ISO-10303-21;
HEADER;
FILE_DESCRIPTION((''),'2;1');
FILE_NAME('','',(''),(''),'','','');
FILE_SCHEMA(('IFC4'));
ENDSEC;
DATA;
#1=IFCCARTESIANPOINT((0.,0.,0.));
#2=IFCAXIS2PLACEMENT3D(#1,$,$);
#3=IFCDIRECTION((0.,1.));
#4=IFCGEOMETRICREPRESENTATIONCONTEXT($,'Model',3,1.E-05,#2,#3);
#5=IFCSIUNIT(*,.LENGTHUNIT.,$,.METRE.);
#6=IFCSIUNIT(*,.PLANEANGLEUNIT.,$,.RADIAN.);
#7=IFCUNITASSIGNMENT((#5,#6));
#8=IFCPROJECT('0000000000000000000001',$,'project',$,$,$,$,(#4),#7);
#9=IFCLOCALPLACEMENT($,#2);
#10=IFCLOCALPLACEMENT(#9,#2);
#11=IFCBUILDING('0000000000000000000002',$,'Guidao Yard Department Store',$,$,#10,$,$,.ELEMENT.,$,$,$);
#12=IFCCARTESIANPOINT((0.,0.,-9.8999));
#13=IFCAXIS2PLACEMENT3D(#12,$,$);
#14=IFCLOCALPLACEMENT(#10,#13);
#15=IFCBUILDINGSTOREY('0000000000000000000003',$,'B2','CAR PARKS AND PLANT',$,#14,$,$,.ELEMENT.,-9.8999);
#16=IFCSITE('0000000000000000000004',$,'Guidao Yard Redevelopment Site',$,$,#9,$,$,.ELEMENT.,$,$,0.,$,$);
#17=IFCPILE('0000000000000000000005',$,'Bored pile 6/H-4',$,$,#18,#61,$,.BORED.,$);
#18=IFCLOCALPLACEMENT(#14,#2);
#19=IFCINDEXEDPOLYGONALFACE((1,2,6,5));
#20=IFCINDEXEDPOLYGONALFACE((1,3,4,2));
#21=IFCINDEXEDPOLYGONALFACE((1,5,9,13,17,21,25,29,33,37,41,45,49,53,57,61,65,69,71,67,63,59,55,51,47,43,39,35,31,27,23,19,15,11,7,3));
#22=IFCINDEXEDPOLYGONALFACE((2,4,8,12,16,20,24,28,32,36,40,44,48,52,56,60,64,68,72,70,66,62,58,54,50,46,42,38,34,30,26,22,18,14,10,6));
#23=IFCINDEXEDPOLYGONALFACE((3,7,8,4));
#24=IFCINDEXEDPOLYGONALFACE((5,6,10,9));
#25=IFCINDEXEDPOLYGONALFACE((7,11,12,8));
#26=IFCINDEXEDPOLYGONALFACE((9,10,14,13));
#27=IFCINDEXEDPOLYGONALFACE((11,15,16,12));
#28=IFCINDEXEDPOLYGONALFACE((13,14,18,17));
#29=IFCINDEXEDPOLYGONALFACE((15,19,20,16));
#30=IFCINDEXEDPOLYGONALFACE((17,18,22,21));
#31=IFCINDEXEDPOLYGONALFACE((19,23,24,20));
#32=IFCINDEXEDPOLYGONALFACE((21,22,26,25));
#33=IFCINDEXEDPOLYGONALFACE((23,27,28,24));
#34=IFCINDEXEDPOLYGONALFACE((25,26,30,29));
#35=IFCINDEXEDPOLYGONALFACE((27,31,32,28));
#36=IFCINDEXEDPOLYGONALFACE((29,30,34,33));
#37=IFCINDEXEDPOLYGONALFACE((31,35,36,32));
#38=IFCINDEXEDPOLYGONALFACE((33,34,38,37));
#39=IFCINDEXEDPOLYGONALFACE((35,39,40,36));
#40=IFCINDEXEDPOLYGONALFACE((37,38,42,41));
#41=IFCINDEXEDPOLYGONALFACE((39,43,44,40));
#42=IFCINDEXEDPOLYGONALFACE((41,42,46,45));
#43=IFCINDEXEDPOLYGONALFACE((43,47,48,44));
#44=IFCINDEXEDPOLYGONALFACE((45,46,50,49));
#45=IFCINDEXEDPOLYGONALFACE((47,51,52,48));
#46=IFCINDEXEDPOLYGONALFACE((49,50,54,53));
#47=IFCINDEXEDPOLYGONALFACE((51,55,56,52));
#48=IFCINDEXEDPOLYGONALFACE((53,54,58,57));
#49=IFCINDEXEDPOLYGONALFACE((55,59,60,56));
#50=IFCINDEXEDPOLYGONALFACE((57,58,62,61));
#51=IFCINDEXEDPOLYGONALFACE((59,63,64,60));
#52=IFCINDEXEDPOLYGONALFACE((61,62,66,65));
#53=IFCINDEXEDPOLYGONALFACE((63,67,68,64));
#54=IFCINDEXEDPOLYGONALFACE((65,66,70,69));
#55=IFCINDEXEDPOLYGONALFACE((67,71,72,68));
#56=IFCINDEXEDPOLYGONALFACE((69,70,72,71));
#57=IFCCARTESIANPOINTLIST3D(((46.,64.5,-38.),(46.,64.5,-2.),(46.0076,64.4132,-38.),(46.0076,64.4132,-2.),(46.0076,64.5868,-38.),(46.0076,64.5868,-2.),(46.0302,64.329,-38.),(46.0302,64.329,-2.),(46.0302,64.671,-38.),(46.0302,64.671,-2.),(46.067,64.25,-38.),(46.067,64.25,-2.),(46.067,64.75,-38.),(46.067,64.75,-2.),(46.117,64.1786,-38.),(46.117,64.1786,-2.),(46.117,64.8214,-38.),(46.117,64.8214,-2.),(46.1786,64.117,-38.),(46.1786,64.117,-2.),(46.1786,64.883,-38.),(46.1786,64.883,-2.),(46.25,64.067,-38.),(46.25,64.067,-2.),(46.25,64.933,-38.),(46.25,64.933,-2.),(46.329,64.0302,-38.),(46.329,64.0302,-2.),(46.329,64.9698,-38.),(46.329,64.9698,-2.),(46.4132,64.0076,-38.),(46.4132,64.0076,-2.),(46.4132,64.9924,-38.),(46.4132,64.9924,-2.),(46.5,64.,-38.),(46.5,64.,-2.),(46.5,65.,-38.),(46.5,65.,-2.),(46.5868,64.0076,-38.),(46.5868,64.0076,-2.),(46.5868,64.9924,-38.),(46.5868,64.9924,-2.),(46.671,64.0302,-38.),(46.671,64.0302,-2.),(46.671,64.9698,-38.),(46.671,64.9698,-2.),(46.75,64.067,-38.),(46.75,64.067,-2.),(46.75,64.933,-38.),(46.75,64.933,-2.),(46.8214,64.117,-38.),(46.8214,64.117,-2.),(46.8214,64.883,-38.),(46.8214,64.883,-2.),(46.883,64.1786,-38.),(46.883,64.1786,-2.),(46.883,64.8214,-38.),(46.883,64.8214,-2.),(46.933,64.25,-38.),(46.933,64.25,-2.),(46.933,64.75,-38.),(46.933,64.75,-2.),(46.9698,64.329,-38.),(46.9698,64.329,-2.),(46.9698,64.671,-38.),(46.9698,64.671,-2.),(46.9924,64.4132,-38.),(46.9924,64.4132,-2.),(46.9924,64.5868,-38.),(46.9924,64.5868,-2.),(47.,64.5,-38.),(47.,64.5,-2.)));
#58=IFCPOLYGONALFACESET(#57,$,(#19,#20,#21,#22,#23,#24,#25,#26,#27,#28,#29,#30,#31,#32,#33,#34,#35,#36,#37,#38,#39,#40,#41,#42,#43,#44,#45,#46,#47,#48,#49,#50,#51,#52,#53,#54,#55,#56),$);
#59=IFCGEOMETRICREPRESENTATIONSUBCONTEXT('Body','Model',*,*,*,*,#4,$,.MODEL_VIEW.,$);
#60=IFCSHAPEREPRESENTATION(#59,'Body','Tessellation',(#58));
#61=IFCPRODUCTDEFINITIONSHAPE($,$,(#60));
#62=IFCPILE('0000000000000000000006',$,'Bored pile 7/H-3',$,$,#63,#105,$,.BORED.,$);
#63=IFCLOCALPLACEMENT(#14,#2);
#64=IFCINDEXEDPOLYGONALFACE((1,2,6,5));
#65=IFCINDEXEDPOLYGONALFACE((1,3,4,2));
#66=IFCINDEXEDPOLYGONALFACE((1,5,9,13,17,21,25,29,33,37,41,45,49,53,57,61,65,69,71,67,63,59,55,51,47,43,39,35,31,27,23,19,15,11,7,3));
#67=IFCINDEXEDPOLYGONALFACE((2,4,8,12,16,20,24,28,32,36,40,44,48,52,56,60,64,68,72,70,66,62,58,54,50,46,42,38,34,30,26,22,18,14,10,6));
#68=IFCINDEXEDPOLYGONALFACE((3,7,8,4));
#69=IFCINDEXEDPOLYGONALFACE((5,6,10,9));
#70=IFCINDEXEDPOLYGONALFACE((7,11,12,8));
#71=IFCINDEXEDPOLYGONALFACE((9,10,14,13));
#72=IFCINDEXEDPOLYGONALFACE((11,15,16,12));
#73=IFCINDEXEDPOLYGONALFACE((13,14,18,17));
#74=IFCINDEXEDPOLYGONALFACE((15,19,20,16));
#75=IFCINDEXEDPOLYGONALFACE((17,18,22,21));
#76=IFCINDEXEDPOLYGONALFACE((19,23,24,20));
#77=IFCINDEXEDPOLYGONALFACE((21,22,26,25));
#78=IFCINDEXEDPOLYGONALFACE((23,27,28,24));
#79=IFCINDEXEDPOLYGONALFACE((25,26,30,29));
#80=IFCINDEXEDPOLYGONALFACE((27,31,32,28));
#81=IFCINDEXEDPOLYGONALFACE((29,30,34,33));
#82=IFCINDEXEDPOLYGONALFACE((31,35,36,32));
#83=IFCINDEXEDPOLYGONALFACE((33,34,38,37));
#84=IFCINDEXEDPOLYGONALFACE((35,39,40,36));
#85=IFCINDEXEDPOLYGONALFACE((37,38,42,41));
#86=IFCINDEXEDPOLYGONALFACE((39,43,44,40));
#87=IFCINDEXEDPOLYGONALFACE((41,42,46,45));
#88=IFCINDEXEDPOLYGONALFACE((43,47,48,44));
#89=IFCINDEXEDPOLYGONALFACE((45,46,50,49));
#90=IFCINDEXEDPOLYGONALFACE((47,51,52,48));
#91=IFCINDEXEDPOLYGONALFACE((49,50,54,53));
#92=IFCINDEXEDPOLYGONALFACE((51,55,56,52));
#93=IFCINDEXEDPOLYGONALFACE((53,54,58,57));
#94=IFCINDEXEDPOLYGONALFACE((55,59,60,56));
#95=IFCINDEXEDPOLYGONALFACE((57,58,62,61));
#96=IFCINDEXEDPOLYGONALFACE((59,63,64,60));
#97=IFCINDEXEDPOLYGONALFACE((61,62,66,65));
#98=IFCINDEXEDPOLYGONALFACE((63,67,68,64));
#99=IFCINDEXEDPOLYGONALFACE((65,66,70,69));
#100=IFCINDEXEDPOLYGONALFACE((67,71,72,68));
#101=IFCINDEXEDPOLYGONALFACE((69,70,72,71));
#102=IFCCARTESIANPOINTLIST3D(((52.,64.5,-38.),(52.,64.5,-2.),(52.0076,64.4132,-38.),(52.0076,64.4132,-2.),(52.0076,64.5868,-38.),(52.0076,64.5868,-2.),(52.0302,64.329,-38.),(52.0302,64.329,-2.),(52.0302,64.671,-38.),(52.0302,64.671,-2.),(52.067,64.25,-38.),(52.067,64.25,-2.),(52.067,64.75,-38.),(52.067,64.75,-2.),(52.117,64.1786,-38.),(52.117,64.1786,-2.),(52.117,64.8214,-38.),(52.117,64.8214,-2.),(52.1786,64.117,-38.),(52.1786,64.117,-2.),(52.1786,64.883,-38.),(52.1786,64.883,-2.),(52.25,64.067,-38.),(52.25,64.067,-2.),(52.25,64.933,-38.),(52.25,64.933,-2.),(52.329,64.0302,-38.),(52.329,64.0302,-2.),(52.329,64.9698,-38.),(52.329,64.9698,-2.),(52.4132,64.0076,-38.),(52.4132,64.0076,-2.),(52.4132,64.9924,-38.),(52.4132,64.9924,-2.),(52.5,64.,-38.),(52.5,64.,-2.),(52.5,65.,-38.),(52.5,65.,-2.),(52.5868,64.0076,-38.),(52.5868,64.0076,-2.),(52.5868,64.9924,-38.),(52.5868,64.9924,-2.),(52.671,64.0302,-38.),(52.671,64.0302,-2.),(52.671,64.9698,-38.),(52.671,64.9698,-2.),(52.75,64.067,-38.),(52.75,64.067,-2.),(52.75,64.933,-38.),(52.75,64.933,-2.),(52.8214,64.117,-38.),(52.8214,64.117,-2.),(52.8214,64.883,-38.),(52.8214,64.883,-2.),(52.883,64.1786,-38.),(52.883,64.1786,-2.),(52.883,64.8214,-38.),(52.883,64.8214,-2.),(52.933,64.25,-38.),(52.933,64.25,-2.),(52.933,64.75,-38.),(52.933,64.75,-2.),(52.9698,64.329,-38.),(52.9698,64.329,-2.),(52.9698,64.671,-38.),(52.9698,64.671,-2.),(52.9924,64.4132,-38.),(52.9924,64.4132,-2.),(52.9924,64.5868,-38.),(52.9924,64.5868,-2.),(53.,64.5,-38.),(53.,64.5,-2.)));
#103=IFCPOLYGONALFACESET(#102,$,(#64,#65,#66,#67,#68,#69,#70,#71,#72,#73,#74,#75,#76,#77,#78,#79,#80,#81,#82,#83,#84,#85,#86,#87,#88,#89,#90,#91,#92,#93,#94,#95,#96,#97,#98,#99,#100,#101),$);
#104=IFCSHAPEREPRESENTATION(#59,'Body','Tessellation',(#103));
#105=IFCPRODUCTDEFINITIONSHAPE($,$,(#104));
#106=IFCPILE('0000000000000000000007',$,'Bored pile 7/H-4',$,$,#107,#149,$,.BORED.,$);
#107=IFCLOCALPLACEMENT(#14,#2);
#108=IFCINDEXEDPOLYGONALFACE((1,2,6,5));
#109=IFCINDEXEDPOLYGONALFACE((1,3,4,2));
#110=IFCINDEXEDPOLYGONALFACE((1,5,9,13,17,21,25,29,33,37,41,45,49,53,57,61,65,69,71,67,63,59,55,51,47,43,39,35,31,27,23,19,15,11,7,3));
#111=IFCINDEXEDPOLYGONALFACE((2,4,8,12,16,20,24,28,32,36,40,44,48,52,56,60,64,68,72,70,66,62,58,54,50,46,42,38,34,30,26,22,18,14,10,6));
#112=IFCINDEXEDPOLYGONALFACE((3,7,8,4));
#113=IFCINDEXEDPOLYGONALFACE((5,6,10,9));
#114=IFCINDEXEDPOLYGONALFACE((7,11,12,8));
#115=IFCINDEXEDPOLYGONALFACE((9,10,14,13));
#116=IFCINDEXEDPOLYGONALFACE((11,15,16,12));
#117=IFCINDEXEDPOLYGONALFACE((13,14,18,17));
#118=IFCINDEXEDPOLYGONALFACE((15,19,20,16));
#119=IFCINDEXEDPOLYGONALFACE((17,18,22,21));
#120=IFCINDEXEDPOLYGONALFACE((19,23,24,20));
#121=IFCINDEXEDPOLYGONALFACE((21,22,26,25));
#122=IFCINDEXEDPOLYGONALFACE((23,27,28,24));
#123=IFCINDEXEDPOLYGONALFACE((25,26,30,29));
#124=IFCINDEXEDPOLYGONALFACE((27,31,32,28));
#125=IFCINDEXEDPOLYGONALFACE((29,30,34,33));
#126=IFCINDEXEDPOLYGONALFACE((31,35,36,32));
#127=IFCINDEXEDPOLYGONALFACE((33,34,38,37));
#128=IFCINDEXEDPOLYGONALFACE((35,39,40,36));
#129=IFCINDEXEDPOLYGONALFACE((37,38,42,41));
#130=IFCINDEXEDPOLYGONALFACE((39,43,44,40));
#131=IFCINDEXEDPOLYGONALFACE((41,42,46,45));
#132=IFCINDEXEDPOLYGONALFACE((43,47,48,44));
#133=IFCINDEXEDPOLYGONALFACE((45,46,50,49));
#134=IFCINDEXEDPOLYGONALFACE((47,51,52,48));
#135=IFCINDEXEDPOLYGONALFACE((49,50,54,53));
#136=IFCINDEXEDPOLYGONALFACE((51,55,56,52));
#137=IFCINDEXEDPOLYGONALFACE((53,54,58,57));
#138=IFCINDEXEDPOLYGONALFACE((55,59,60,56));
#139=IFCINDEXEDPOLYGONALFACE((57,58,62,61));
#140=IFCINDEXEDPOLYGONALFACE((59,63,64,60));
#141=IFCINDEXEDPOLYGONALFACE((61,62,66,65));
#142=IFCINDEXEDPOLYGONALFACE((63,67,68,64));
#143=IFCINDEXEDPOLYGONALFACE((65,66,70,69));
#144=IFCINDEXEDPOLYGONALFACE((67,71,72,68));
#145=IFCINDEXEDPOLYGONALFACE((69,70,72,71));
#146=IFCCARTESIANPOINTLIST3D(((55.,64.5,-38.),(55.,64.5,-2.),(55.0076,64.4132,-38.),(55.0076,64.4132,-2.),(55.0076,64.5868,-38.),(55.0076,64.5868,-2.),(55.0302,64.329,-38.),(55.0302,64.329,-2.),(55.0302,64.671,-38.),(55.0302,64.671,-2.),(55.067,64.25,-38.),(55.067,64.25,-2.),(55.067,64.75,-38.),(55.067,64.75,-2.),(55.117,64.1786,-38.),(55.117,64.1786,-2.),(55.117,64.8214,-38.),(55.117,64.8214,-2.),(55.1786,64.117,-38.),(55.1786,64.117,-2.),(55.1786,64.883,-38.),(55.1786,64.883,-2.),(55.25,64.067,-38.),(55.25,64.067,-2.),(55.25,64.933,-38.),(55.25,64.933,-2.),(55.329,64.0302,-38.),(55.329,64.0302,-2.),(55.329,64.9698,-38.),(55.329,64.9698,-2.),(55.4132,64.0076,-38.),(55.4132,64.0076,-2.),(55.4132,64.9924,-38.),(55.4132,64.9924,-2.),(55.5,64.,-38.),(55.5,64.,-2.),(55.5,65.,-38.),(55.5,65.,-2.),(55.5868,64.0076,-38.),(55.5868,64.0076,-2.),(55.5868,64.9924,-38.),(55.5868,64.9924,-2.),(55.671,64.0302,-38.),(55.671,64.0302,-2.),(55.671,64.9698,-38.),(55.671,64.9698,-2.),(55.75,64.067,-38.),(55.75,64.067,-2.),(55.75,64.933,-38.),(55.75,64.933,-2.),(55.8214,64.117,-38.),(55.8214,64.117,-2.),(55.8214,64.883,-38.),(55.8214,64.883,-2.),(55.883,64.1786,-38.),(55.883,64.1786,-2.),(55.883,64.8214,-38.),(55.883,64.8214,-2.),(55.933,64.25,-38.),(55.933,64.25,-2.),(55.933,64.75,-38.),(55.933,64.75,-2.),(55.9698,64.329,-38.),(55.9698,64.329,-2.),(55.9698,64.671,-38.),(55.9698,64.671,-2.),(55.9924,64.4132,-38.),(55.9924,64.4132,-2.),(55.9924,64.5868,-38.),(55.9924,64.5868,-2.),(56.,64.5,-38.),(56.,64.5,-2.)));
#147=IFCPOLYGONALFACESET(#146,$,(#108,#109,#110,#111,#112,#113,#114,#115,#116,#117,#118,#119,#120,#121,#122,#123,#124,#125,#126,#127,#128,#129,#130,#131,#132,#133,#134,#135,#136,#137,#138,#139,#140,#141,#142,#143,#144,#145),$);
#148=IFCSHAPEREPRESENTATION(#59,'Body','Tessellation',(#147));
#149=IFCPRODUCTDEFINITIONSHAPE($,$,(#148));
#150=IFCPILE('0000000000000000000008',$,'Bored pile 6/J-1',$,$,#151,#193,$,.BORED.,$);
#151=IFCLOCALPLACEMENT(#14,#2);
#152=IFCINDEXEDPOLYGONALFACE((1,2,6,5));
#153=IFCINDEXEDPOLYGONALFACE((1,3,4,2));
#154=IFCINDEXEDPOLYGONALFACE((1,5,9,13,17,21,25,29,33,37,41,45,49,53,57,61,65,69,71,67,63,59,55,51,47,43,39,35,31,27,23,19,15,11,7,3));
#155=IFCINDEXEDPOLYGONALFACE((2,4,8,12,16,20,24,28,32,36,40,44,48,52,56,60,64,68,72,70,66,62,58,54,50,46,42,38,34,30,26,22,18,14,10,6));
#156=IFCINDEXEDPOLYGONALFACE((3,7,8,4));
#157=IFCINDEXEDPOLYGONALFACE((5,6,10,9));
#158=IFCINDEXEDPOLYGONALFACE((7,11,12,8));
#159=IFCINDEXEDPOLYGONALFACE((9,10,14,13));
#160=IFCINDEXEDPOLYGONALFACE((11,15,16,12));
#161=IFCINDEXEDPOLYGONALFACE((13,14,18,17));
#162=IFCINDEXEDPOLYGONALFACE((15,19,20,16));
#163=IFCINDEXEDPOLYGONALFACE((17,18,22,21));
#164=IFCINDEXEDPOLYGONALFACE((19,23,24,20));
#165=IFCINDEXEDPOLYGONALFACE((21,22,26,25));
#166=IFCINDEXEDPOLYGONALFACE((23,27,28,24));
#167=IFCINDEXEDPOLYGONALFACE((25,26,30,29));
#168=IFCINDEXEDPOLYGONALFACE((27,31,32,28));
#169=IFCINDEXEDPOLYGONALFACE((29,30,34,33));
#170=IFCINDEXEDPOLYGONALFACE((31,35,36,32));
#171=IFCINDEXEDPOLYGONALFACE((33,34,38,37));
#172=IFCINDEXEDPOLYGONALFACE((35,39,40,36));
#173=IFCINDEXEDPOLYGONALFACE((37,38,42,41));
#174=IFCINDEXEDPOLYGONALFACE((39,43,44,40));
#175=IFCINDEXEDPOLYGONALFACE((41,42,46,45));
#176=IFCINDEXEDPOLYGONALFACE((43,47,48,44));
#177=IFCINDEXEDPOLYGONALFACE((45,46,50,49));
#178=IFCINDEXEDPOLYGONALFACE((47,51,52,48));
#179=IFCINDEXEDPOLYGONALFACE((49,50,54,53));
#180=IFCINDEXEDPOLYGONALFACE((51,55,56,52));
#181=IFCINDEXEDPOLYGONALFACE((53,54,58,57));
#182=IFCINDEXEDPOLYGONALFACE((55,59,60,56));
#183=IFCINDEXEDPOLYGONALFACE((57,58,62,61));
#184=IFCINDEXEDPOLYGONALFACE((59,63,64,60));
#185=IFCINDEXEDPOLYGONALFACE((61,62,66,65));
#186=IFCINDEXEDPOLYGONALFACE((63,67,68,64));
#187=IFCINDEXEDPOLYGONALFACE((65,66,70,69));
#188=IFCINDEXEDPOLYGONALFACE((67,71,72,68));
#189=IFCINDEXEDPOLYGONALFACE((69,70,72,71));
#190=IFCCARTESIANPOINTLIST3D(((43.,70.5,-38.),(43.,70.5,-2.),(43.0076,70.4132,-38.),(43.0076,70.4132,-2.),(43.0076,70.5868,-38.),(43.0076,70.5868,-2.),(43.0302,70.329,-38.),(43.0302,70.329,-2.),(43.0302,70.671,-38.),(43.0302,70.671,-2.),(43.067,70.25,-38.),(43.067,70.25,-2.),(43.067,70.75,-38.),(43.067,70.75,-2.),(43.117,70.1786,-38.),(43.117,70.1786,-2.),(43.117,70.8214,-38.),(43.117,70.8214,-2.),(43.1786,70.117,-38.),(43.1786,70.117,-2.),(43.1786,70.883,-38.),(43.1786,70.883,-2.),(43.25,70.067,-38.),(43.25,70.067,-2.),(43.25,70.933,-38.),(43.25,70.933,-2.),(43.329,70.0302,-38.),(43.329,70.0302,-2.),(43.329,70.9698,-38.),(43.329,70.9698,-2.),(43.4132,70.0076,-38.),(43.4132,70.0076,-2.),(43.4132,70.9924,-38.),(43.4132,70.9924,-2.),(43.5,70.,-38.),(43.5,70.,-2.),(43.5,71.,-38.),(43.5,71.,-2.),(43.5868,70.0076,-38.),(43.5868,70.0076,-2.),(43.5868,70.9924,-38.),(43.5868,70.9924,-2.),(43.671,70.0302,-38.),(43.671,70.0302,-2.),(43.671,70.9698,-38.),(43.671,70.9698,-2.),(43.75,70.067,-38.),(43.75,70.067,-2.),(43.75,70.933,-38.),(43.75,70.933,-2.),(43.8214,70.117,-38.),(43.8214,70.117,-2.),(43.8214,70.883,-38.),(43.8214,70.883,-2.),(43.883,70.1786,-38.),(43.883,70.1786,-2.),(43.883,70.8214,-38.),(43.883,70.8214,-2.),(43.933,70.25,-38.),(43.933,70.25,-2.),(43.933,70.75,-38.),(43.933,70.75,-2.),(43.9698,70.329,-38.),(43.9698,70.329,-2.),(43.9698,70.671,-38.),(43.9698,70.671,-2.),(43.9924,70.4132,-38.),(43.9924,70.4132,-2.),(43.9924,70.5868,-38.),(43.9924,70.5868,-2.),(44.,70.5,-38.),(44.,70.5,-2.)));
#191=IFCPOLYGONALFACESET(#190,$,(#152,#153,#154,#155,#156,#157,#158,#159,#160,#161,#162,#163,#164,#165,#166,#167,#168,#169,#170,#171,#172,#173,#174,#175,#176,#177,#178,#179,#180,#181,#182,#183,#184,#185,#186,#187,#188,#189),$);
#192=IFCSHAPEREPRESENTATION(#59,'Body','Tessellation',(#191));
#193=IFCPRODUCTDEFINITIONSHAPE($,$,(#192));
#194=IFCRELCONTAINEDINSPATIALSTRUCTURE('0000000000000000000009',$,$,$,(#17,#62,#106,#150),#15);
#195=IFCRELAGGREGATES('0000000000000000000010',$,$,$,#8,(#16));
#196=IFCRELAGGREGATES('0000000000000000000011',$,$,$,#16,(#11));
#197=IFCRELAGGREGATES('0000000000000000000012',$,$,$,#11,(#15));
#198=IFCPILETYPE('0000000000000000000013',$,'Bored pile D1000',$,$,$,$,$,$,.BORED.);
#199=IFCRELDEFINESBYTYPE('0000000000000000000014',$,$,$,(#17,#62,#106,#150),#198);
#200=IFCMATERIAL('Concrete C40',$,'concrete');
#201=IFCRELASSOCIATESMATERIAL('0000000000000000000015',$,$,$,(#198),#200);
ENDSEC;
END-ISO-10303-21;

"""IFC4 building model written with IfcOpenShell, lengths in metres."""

from ifc_helpers import new_model, si_unit, direction, frame, origin, origin_2d, place, context, subcontext, project, spatial, circle, extrude, material, material_profile, profile_set, type_object, element, save


model = new_model("IFC4")

# Units and contexts
model_context = context("Model", 3, precision=1e-05, world=origin(), true_north=direction((0.0, 1.0)))
body_context = subcontext(model_context, "Body", "Model", "MODEL_VIEW")
ifc_project = project(units=[si_unit("LENGTHUNIT", "METRE"), si_unit("PLANEANGLEUNIT", "RADIAN")], contexts=[model_context])

# Site, building, storey
site_placement = place(None, origin())
site = spatial("IfcSite", under=ifc_project, at=site_placement, Name="Guidao Yard Redevelopment Site", CompositionType="ELEMENT", RefElevation=0.0)
building_placement = place(site_placement, origin())
building = spatial("IfcBuilding", under=site, at=building_placement, Name="Guidao Yard Department Store", CompositionType="ELEMENT")
storey_placement = place(building_placement, frame((0.0, 0.0, -9.8999)))
storey = spatial("IfcBuildingStorey", under=building, at=storey_placement, Name="B2", Description="CAR PARKS AND PLANT", CompositionType="ELEMENT", Elevation=-9.8999)

# Piles
ifc_material_1 = material(Name="Concrete C40", Category="concrete")
ifc_material_profile_1 = material_profile(ifc_material_1, circle(Radius=0.5, at=origin_2d()), Name="Bored pile D1000")
ifc_profile_set_1 = profile_set([ifc_material_profile_1], Name="Concrete C40")
pile_type = type_object("IfcPileType", Name="Bored pile D1000", PredefinedType="BORED", material=ifc_profile_set_1)
for number, where, z_axis, x_axis, name in (
    (1, (46.5, 64.5, -2.0), (0.0, 0.0, -1.0), (1.0, 0.0, 0.0), "Bored pile 6/H-4"),
    (2, (52.5, 64.5, -2.0), (0.0, 0.0, -1.0), (1.0, 0.0, 0.0), "Bored pile 7/H-3"),
    (3, (55.5, 64.5, -2.0), (0.0, 0.0, -1.0), (1.0, 0.0, 0.0), "Bored pile 7/H-4"),
    (4, (43.5, 70.5, -2.0), (0.0, 0.0, -1.0), (1.0, 0.0, 0.0), "Bored pile 6/J-1"),
):
    element("IfcPile", number, at=place(storey_placement, frame(where, z_axis=z_axis, x_axis=x_axis)), inside=storey, type_object=pile_type, Name=name, PredefinedType="BORED", context=body_context, shape_type="SweptSolid", body=[
        extrude(circle(Radius=0.5, at=origin_2d()), origin(), (0.0, 0.0, 1.0), 36.0),
    ])

save(model, "model.ifc")
